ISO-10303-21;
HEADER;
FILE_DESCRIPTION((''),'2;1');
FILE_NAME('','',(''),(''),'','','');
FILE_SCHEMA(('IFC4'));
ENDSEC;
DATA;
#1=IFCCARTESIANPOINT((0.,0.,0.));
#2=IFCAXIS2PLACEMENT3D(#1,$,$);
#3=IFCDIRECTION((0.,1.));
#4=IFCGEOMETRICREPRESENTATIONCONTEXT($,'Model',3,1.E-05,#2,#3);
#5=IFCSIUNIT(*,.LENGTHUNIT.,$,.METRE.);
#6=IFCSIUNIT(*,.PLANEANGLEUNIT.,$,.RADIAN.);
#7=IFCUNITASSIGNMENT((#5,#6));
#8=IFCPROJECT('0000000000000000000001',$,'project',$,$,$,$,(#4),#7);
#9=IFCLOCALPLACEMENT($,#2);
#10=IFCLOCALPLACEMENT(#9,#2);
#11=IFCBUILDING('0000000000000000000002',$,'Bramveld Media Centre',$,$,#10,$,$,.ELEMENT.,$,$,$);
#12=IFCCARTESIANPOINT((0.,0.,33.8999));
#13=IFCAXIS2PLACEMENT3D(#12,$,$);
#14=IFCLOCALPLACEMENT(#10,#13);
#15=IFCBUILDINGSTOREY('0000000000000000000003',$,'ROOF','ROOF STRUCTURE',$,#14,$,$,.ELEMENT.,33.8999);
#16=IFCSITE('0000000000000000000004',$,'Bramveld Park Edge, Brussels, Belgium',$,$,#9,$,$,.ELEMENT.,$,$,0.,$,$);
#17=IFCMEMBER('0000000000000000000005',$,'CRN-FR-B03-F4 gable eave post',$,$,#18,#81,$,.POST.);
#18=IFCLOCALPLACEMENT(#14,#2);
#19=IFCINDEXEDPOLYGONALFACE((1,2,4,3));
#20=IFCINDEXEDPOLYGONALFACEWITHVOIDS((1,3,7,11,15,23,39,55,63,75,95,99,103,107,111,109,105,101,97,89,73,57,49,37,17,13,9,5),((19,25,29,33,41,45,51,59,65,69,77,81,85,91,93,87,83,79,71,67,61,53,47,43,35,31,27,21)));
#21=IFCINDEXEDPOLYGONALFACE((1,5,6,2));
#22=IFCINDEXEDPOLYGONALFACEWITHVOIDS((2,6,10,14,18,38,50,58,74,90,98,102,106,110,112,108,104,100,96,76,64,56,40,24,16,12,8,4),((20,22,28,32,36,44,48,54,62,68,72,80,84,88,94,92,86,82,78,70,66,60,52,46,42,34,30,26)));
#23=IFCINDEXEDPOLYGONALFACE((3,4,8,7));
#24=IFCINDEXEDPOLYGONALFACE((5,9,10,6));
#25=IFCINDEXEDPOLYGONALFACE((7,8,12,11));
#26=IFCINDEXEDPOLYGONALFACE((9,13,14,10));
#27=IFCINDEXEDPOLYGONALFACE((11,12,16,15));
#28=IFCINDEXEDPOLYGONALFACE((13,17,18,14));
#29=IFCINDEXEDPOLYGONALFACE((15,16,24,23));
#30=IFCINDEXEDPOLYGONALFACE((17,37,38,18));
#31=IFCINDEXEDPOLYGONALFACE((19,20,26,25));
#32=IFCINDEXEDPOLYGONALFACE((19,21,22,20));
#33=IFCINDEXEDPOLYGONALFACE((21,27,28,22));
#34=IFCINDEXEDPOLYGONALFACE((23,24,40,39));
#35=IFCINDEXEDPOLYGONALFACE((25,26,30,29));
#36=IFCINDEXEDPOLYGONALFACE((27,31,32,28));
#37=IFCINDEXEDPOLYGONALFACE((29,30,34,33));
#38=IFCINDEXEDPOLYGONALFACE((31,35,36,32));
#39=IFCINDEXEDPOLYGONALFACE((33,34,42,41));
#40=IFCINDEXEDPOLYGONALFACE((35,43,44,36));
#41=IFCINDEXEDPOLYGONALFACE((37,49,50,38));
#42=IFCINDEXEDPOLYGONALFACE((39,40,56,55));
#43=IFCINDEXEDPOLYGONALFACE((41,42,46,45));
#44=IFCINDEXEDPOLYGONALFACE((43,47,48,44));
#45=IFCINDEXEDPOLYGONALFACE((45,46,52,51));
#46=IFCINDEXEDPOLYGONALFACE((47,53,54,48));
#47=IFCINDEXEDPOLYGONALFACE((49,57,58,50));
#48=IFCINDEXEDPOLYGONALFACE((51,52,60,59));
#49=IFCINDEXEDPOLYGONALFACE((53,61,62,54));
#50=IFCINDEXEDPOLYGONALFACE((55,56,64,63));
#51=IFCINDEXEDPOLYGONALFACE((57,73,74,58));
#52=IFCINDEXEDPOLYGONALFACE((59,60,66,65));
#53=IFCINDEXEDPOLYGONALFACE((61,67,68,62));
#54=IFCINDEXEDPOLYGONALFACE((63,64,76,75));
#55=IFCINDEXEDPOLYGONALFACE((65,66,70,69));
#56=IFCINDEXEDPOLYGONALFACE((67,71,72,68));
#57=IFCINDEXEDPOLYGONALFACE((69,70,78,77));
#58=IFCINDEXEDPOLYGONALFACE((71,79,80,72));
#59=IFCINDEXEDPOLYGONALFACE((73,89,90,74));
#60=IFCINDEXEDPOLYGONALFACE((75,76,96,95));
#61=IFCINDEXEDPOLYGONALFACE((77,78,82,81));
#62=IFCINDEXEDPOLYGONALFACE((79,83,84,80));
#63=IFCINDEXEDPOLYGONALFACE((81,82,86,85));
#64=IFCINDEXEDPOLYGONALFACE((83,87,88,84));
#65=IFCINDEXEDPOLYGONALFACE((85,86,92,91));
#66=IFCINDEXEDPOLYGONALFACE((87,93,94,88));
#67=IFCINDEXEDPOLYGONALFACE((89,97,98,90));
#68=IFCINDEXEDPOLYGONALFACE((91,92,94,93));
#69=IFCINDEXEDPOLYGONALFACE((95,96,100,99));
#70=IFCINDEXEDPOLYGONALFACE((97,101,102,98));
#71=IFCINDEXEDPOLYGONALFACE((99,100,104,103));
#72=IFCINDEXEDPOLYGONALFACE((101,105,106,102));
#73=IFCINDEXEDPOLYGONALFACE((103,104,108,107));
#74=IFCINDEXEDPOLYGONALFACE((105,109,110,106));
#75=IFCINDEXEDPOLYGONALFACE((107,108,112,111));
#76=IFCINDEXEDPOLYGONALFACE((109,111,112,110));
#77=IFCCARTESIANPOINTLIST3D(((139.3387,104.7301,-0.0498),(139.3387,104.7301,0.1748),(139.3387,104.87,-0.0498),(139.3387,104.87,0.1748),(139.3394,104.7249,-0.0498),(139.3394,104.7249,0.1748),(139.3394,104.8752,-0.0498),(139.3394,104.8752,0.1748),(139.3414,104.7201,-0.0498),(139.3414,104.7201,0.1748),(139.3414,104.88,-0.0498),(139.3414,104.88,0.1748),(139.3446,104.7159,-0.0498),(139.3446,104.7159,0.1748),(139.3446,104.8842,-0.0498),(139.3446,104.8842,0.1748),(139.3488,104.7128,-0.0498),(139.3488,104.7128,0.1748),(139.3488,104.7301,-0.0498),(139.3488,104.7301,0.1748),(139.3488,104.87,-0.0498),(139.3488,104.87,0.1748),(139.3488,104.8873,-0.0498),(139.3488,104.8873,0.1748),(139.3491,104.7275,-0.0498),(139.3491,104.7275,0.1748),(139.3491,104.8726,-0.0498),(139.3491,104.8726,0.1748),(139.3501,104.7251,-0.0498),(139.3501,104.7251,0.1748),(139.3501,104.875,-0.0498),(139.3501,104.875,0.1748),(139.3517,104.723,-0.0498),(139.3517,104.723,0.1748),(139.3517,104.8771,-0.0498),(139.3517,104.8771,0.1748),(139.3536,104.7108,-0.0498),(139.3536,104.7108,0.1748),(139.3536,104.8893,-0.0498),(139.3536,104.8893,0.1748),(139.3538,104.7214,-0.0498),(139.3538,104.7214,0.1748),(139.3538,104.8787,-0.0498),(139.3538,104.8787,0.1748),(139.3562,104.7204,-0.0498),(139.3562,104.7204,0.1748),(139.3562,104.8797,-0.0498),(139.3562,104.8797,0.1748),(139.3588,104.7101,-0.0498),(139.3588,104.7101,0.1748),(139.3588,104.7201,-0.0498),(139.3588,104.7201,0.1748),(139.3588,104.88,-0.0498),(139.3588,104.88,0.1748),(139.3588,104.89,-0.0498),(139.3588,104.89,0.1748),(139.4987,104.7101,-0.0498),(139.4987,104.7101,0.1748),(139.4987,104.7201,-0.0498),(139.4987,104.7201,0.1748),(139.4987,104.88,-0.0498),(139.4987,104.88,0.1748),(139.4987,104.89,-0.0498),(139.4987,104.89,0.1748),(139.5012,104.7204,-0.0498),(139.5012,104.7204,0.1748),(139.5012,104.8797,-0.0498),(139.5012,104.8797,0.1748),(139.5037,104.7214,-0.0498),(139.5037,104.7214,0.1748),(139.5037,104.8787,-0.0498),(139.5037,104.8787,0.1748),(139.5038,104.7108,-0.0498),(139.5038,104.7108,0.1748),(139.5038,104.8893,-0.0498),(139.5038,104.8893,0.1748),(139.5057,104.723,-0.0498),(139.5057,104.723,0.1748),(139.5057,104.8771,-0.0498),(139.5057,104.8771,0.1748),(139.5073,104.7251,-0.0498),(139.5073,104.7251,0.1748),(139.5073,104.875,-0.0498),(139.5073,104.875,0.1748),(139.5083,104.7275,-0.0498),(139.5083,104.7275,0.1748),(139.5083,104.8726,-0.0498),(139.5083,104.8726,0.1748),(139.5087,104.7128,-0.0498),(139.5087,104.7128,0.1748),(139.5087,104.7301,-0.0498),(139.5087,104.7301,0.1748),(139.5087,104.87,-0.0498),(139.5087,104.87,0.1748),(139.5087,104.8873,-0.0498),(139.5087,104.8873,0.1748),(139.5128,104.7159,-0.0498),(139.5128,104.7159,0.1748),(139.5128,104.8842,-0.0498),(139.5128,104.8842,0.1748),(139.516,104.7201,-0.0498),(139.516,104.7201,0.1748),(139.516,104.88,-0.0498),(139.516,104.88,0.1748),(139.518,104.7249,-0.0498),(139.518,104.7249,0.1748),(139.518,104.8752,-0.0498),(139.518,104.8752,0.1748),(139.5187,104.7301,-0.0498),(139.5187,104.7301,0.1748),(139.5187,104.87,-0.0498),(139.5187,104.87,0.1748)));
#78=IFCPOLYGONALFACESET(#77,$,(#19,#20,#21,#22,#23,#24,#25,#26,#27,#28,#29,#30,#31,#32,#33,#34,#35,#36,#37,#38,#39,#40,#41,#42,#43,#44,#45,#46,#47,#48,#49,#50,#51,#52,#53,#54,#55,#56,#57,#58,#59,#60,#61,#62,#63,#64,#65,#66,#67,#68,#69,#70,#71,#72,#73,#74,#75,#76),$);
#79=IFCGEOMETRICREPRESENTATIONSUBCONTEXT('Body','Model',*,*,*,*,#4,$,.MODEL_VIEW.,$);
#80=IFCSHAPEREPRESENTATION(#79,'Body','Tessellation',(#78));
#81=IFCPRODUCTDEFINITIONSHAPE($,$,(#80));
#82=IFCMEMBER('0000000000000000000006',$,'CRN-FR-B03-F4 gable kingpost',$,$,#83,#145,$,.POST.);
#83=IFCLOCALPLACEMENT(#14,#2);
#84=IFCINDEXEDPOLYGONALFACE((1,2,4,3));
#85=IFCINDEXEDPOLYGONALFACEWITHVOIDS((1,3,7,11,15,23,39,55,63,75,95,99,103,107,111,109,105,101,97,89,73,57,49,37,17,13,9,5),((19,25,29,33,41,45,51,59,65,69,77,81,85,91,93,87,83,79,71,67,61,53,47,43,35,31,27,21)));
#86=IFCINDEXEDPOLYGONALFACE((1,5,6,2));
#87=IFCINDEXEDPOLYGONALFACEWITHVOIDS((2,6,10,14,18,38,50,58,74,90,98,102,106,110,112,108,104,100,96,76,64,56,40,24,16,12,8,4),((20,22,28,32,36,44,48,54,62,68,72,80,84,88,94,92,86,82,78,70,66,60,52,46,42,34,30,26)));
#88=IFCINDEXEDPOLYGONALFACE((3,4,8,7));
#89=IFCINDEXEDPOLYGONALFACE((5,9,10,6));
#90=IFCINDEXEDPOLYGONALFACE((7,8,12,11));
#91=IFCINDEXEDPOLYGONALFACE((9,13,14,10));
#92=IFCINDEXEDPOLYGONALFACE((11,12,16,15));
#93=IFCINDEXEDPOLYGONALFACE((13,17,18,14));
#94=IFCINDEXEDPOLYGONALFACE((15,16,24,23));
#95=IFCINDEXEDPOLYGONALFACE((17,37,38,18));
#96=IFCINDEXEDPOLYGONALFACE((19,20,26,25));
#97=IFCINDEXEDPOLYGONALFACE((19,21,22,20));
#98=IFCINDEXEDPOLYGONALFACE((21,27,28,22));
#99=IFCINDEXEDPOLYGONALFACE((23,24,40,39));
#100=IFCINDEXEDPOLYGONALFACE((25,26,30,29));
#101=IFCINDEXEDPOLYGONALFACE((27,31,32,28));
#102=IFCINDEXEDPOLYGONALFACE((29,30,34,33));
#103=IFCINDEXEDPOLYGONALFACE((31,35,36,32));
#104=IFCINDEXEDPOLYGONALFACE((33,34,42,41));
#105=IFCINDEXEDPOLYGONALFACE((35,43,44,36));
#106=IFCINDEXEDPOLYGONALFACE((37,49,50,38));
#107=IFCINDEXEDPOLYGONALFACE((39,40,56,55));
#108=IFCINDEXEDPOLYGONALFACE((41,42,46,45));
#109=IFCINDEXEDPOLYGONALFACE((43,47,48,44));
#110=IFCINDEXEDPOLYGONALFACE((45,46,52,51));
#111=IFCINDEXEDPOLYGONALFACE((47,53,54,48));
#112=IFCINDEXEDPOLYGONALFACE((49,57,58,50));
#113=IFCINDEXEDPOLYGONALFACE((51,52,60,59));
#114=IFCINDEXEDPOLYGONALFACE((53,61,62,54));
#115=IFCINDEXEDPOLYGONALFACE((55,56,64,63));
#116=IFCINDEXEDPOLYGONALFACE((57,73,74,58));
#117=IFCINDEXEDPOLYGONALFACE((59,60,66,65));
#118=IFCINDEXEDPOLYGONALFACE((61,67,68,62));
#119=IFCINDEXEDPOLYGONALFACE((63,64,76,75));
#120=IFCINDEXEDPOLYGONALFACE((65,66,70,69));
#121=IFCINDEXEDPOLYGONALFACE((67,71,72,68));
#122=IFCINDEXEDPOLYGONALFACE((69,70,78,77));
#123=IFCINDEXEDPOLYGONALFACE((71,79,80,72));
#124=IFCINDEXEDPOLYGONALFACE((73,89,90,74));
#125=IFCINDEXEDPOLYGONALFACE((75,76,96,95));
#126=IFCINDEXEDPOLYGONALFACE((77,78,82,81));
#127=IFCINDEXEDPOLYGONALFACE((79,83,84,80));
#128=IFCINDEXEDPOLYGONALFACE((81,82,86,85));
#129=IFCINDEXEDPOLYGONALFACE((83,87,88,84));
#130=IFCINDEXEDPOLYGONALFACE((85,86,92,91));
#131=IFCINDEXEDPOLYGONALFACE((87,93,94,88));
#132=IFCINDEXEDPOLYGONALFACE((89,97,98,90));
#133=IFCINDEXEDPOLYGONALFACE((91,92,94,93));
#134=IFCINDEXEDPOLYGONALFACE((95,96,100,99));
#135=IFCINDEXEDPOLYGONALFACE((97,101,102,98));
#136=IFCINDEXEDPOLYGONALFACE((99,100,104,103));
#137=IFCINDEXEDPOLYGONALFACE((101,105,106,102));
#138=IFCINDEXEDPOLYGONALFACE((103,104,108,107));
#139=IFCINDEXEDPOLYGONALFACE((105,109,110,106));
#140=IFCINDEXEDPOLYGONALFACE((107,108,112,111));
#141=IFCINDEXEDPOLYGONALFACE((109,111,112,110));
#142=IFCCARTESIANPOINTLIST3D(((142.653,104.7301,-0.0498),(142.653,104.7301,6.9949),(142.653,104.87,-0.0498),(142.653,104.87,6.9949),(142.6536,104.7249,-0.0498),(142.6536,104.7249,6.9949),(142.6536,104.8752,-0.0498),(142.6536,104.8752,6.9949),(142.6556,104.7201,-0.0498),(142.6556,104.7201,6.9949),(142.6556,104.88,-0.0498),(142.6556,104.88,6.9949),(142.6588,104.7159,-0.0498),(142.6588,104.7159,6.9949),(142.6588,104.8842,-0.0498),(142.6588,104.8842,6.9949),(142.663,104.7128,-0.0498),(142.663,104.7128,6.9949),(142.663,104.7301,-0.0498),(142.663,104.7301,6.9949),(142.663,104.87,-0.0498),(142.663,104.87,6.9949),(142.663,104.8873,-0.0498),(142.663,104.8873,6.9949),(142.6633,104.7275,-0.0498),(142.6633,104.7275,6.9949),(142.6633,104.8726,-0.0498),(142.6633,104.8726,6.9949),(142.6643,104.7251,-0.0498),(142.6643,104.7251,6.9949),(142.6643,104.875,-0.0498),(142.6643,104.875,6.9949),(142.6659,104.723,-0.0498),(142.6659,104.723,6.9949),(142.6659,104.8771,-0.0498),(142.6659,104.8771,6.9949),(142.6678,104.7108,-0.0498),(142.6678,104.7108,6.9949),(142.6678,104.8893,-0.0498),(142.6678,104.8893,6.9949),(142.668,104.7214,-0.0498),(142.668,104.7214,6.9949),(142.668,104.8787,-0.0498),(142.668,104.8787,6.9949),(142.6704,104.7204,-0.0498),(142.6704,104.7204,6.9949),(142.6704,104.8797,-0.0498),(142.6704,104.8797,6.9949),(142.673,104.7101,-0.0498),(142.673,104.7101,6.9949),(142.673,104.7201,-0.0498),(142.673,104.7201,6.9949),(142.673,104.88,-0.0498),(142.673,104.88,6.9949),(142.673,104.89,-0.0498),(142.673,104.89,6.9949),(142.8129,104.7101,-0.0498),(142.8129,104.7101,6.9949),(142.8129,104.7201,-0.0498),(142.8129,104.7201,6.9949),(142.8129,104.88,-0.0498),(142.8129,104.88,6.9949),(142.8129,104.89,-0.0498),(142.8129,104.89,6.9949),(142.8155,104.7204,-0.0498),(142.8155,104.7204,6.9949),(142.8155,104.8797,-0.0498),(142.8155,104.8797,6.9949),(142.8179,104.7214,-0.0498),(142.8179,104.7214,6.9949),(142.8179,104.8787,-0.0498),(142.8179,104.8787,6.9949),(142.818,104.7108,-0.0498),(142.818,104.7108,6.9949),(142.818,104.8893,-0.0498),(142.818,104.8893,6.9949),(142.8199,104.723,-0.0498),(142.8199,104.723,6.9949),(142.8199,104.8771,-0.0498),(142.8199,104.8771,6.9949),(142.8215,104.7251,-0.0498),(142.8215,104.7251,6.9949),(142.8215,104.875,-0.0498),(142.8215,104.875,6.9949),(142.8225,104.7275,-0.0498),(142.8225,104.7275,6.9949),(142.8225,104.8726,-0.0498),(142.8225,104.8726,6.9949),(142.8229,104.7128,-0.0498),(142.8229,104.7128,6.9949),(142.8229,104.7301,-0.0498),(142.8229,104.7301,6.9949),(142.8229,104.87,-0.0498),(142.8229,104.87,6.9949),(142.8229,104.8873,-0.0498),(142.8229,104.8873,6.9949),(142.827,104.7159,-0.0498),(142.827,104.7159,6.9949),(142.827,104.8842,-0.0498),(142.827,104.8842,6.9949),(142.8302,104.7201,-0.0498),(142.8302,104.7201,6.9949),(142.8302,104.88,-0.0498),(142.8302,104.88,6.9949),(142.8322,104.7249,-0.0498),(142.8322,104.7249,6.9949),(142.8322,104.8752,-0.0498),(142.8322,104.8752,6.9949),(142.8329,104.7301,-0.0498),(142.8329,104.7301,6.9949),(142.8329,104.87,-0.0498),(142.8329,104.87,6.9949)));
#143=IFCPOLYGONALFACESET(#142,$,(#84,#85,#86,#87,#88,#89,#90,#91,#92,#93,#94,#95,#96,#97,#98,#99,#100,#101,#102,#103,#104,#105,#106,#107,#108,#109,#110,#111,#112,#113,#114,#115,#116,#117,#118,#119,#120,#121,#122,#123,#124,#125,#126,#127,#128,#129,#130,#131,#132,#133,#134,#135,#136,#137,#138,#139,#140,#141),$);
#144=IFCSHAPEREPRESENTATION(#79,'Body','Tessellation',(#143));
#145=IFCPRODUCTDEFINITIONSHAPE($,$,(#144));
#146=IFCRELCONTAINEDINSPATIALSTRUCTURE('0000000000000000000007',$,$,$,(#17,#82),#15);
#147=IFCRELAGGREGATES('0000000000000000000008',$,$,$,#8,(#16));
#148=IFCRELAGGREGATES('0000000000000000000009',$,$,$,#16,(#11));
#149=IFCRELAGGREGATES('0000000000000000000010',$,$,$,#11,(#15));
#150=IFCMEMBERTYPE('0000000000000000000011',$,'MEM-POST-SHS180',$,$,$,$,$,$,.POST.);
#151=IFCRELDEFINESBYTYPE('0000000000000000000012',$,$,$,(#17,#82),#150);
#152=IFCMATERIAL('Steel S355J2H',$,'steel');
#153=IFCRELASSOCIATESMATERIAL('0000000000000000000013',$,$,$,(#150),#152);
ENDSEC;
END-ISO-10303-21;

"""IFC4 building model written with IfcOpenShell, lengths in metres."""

from ifc_helpers import new_model, si_unit, direction, frame, origin, origin_2d, place, context, subcontext, project, spatial, hollow_rectangle, extrude, material, material_profile, profile_set, type_object, element, save


model = new_model("IFC4")

# Units and contexts
model_context = context("Model", 3, precision=1e-05, world=origin(), true_north=direction((0.0, 1.0)))
body_context = subcontext(model_context, "Body", "Model", "MODEL_VIEW")
ifc_project = project(units=[si_unit("LENGTHUNIT", "METRE"), si_unit("PLANEANGLEUNIT", "RADIAN")], contexts=[model_context])

# Site, building, storey
site_placement = place(None, origin())
site = spatial("IfcSite", under=ifc_project, at=site_placement, Name="Bramveld Park Edge, Brussels, Belgium", CompositionType="ELEMENT", RefElevation=0.0)
building_placement = place(site_placement, origin())
building = spatial("IfcBuilding", under=site, at=building_placement, Name="Bramveld Media Centre", CompositionType="ELEMENT")
storey_placement = place(building_placement, frame((0.0, 0.0, 33.8999)))
storey = spatial("IfcBuildingStorey", under=building, at=storey_placement, Name="ROOF", Description="ROOF STRUCTURE", CompositionType="ELEMENT", Elevation=33.8999)

# Members
ifc_material_1 = material(Name="Steel S355J2H", Category="steel")
ifc_material_profile_1 = material_profile(ifc_material_1, hollow_rectangle(XDim=0.1799, YDim=0.1799, WallThickness=0.01, InnerFilletRadius=0.01, OuterFilletRadius=0.02, at=origin_2d()), Name="SHS 180x180x10")
ifc_profile_set_1 = profile_set([ifc_material_profile_1], Name="Steel S355J2H")
member_type_1 = type_object("IfcMemberType", Name="MEM-POST-SHS180", PredefinedType="POST", material=ifc_profile_set_1)
member_1_placement = place(storey_placement, frame((139.4287, 104.8, -0.0498), z_axis=(0.0, 0.0, 1.0), x_axis=(1.0, 0.0, 0.0)))
element("IfcMember", 1, at=member_1_placement, inside=storey, type_object=member_type_1, Name="CRN-FR-B03-F4 gable eave post", PredefinedType="POST", context=body_context, shape_type="SweptSolid", body=[
    extrude(hollow_rectangle(XDim=0.1799, YDim=0.1799, WallThickness=0.01, InnerFilletRadius=0.01, OuterFilletRadius=0.02, at=origin_2d()), origin(), (0.0, 0.0, 1.0), 0.2246),
])
member_2_placement = place(storey_placement, frame((142.7429, 104.8, -0.0498), z_axis=(0.0, 0.0, 1.0), x_axis=(1.0, 0.0, 0.0)))
element("IfcMember", 2, at=member_2_placement, inside=storey, type_object=member_type_1, Name="CRN-FR-B03-F4 gable kingpost", PredefinedType="POST", context=body_context, shape_type="SweptSolid", body=[
    extrude(hollow_rectangle(XDim=0.1799, YDim=0.1799, WallThickness=0.01, InnerFilletRadius=0.01, OuterFilletRadius=0.02, at=origin_2d()), origin(), (0.0, 0.0, 1.0), 7.0447),
])

save(model, "model.ifc")
